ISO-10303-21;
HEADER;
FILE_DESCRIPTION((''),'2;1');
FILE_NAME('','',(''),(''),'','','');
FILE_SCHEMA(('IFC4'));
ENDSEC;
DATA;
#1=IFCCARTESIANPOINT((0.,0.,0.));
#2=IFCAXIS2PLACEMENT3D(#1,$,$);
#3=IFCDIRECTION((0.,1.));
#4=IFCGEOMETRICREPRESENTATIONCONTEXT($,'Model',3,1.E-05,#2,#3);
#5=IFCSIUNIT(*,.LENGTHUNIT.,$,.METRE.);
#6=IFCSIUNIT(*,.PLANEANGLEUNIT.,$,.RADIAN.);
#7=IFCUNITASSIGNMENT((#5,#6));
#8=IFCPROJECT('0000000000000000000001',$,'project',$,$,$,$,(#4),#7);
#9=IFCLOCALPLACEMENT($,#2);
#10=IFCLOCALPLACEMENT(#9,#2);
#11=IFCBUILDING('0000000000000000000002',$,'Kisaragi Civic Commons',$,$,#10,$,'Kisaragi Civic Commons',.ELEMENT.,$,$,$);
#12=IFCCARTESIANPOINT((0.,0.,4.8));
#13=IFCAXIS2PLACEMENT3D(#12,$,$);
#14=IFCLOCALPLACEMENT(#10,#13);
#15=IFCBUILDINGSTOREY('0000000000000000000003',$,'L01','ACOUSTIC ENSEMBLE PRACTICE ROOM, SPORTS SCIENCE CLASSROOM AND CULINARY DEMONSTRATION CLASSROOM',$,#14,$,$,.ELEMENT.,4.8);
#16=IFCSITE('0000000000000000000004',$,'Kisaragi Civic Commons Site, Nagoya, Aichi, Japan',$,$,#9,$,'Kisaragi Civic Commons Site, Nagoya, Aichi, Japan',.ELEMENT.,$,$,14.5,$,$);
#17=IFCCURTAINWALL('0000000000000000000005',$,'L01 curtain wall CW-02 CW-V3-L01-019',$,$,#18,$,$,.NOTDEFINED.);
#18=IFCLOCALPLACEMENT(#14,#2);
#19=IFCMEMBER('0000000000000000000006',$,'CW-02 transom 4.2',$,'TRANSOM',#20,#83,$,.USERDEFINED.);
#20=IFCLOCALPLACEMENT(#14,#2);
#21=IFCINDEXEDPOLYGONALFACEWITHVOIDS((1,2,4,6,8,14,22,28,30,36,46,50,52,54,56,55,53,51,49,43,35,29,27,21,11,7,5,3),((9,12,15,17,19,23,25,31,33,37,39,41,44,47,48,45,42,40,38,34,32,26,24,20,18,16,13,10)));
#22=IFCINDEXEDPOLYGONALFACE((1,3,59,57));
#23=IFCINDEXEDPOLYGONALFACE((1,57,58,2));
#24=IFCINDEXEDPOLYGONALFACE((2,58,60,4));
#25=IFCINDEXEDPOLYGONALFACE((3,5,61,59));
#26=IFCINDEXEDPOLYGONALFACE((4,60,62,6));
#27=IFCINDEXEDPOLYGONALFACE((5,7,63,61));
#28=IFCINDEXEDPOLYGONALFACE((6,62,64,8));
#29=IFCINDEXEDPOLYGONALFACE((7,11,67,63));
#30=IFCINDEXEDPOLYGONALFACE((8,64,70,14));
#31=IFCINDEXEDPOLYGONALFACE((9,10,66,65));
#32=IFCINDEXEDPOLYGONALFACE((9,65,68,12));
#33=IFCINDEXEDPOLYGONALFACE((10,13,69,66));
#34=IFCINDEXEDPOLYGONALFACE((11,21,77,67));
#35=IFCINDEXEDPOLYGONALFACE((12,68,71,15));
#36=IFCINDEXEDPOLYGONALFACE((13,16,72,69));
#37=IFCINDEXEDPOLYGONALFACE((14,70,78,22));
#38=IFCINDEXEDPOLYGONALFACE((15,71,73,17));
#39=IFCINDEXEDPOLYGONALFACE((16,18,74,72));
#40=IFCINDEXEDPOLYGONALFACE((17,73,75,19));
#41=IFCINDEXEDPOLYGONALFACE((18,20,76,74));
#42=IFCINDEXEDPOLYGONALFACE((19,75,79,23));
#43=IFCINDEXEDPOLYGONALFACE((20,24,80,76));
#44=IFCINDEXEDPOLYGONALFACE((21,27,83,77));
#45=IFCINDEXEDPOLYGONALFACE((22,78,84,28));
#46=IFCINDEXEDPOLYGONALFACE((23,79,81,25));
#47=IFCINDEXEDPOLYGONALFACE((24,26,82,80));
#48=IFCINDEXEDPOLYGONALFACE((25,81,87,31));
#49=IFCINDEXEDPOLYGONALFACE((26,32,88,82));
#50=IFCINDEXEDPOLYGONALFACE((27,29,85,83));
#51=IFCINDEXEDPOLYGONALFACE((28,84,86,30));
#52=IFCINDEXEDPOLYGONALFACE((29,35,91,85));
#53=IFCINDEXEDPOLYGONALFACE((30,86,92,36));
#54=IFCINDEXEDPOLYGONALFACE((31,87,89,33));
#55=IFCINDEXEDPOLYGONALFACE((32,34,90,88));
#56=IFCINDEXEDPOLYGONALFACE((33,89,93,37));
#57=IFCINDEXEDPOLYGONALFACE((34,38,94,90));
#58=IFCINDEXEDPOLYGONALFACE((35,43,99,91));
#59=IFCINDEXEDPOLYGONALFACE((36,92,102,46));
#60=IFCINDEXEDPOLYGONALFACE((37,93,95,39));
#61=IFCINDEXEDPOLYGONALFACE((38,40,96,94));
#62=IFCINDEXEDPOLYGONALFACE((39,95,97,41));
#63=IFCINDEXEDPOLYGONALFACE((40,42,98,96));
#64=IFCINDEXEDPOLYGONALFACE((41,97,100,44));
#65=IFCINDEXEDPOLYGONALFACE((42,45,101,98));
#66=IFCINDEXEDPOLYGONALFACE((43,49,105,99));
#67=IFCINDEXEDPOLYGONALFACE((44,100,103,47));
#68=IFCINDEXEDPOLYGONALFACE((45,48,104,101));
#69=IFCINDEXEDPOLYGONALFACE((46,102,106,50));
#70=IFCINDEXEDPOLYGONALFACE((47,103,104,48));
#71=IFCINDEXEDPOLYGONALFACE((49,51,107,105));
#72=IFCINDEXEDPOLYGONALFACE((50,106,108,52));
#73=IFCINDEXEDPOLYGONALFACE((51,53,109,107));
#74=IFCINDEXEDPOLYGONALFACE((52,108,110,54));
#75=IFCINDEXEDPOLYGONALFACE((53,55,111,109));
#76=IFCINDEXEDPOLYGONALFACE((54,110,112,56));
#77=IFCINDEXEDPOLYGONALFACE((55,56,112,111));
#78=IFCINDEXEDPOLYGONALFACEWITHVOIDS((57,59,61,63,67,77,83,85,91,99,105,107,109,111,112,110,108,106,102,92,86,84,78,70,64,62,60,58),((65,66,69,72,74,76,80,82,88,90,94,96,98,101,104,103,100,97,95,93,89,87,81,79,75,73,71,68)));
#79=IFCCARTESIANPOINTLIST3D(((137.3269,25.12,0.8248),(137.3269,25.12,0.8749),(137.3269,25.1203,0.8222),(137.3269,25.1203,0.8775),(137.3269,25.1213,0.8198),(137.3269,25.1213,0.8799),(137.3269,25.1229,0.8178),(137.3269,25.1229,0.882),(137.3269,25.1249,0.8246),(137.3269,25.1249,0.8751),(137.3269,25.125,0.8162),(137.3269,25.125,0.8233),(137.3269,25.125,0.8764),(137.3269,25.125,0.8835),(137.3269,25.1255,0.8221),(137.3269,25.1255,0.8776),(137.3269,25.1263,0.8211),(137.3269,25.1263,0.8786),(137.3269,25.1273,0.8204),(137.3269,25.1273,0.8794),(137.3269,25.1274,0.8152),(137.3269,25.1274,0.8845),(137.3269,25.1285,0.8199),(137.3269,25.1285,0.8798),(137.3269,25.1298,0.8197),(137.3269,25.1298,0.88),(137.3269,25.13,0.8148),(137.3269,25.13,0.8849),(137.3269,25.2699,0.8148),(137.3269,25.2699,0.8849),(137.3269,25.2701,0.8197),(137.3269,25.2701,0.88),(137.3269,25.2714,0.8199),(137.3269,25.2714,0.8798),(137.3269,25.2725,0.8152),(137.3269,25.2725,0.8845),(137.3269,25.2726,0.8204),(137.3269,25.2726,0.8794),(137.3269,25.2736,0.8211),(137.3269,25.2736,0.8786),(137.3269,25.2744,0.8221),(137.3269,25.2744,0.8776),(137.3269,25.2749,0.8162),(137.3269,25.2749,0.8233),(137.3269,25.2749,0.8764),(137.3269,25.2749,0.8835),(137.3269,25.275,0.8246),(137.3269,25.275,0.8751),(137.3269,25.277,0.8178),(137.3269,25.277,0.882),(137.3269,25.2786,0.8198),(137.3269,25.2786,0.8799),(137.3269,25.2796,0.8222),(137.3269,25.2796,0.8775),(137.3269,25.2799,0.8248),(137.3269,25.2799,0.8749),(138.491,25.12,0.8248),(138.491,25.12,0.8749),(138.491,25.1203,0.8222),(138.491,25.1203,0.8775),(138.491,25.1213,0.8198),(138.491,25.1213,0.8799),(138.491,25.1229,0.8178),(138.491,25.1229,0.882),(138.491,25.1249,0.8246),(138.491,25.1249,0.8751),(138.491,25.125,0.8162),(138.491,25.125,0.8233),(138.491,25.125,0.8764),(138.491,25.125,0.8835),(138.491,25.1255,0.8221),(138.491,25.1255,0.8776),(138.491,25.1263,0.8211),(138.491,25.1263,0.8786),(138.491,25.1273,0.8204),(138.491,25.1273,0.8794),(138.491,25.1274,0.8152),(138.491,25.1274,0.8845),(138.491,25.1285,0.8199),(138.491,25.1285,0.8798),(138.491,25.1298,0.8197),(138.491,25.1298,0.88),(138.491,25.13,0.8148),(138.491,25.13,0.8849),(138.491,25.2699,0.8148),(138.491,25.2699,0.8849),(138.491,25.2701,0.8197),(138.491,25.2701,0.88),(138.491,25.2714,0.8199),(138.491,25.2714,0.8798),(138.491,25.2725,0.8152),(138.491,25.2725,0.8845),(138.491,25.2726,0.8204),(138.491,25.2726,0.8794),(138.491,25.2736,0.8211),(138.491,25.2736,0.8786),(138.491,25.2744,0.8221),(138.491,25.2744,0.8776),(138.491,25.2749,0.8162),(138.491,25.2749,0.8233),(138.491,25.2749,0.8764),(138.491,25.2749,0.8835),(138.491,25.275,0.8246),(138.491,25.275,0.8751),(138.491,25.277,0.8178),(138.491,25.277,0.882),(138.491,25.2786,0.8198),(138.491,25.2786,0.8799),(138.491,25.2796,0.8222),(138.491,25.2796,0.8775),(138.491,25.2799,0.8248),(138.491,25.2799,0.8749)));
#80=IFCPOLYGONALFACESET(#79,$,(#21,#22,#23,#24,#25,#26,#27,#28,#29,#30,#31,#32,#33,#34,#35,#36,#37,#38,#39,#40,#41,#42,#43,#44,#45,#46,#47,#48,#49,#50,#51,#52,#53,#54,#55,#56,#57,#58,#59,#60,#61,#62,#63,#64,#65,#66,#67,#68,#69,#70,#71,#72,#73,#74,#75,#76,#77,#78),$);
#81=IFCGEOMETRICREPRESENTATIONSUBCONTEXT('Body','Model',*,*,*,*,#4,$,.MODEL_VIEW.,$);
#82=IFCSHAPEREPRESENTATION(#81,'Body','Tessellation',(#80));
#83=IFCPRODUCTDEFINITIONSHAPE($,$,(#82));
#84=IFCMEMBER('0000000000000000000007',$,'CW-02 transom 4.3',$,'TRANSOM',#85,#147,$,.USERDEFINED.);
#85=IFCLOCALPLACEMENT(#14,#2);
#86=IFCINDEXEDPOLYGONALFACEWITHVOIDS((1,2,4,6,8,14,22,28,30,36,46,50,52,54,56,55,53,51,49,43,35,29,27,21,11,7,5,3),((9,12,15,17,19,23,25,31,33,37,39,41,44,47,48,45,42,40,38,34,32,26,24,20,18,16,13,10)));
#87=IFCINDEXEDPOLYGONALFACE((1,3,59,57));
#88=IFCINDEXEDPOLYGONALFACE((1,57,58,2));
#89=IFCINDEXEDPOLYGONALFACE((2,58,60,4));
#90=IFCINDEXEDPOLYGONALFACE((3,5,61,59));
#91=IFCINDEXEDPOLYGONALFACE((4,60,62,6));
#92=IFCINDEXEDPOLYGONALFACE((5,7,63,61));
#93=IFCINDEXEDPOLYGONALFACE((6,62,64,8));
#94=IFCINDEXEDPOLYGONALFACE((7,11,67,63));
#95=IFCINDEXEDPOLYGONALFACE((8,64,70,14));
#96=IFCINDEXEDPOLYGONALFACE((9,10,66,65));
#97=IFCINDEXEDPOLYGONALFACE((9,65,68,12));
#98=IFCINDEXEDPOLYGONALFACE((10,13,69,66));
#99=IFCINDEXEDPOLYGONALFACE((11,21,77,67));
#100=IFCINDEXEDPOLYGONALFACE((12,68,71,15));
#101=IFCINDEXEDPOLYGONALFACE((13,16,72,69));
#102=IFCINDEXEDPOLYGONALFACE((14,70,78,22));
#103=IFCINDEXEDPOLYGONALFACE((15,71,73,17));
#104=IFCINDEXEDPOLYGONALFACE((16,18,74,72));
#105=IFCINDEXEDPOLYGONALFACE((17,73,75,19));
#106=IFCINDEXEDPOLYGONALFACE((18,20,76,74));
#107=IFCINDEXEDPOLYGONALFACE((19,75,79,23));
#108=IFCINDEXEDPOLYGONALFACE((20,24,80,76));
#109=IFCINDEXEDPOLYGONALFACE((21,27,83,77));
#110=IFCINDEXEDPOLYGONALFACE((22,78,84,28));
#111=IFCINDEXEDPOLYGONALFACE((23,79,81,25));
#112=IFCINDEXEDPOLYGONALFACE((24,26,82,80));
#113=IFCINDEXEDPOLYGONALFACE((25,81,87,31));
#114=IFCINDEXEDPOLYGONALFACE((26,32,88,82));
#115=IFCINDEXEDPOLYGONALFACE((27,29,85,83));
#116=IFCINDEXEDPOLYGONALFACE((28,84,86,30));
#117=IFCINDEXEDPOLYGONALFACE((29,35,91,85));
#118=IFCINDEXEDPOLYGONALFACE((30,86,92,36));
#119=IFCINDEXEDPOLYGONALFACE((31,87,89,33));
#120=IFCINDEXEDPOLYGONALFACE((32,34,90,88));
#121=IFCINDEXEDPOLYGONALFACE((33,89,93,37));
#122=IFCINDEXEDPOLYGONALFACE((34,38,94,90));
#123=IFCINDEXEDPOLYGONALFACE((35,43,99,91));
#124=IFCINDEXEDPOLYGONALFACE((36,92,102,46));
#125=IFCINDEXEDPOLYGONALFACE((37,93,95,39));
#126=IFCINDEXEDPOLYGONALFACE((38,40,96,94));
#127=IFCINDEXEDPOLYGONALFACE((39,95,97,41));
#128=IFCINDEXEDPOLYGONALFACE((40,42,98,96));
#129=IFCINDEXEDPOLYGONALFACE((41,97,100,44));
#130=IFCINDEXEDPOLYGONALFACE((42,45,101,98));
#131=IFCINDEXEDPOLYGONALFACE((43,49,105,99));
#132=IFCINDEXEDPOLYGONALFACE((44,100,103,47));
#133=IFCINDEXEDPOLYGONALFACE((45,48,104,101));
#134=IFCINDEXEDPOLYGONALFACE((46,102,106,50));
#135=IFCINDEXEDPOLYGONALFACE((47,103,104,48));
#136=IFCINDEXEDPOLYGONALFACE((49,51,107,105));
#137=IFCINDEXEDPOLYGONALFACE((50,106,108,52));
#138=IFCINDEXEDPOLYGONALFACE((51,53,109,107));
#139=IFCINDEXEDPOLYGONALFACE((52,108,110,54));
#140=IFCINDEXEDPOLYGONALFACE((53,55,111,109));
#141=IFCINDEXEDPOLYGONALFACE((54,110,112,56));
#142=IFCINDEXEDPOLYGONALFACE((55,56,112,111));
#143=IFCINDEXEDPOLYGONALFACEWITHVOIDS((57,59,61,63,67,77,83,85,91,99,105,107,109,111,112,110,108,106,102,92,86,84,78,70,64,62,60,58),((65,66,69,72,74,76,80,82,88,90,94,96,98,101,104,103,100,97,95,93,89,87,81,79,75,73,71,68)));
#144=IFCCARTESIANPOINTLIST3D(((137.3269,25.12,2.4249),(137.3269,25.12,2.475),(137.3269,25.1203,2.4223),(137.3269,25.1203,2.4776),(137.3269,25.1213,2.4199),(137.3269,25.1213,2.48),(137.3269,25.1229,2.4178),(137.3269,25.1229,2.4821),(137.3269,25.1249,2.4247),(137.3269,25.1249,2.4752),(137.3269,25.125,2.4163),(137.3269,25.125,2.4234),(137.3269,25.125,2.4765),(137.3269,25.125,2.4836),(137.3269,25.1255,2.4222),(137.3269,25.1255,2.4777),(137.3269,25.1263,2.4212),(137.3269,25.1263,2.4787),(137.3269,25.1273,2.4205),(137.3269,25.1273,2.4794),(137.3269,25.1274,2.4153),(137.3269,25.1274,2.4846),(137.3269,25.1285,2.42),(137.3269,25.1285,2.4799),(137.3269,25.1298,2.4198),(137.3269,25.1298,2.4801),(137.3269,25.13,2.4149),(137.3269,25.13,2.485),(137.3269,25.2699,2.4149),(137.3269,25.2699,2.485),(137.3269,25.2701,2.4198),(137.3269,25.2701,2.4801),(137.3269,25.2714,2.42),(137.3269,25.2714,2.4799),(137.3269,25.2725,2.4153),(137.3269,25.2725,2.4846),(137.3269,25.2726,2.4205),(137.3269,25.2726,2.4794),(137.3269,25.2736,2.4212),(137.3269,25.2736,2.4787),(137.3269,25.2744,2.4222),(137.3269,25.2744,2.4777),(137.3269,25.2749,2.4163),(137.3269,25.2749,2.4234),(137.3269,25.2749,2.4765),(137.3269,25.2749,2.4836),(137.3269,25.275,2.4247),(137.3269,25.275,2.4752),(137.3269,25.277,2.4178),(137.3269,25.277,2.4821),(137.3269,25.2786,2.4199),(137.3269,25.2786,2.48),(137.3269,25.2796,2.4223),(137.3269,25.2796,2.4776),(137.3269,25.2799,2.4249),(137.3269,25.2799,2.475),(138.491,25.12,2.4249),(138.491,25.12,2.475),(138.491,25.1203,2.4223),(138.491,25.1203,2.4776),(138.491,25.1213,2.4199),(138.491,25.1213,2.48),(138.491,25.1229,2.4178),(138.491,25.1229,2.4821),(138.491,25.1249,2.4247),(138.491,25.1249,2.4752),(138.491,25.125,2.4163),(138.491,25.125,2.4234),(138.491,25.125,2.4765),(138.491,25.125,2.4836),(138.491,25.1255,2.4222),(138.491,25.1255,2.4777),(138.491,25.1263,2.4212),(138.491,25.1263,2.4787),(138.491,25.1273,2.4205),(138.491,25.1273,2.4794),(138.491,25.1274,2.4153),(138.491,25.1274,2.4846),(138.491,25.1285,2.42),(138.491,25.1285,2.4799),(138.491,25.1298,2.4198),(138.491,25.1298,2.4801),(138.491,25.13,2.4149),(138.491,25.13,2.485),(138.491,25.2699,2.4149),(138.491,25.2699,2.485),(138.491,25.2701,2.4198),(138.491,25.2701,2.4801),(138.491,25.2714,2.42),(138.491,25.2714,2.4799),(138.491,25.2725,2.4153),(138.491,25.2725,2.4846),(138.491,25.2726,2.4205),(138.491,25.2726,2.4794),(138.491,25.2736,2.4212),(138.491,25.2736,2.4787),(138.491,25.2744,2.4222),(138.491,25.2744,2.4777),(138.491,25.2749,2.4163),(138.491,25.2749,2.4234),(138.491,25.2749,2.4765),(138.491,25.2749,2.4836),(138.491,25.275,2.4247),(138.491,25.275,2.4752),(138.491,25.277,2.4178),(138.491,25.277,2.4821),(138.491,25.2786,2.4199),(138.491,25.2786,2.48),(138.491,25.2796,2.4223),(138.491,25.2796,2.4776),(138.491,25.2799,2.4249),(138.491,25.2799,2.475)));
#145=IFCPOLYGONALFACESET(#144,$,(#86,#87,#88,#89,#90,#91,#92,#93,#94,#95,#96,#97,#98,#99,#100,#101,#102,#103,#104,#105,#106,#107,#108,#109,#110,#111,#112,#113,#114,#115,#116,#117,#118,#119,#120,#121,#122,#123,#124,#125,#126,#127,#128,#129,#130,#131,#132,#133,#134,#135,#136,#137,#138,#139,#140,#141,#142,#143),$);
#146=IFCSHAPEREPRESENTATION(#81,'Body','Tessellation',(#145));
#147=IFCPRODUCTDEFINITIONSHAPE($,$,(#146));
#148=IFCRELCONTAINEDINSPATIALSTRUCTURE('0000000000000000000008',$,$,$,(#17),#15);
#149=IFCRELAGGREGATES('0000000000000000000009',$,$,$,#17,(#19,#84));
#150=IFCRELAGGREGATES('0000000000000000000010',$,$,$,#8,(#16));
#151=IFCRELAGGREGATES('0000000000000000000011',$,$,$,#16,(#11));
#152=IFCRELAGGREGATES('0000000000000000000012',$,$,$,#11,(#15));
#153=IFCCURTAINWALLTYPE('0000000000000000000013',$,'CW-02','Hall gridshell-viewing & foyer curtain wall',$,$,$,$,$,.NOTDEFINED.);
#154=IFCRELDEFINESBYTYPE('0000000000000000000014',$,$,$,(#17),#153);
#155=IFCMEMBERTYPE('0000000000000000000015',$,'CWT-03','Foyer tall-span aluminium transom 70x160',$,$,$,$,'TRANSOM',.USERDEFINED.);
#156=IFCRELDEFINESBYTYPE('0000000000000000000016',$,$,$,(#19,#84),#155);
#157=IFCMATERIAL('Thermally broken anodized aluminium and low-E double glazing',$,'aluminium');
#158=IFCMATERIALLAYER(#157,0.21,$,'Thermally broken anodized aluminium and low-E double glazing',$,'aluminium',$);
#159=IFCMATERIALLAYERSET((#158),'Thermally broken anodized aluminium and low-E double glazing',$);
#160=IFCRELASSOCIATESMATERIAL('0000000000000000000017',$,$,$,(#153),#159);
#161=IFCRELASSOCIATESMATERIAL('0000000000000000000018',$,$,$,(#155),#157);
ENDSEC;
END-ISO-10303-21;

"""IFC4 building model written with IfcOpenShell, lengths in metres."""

from ifc_helpers import new_model, si_unit, direction, frame, origin, origin_2d, place, context, subcontext, project, spatial, hollow_rectangle, extrude, material, layer, layer_set, material_profile, profile_set, type_object, element, aggregate, save


model = new_model("IFC4")

# Units and contexts
model_context = context("Model", 3, precision=1e-05, world=origin(), true_north=direction((0.0, 1.0)))
body_context = subcontext(model_context, "Body", "Model", "MODEL_VIEW")
ifc_project = project(units=[si_unit("LENGTHUNIT", "METRE"), si_unit("PLANEANGLEUNIT", "RADIAN")], contexts=[model_context])

# Site, building, storey
site_placement = place(None, origin())
site = spatial("IfcSite", under=ifc_project, at=site_placement, Name="Kisaragi Civic Commons Site, Nagoya, Aichi, Japan", LongName="Kisaragi Civic Commons Site, Nagoya, Aichi, Japan", CompositionType="ELEMENT", RefElevation=14.5)
building_placement = place(site_placement, origin())
building = spatial("IfcBuilding", under=site, at=building_placement, Name="Kisaragi Civic Commons", LongName="Kisaragi Civic Commons", CompositionType="ELEMENT")
storey_placement = place(building_placement, frame((0.0, 0.0, 4.8)))
storey = spatial("IfcBuildingStorey", under=building, at=storey_placement, Name="L01", Description="ACOUSTIC ENSEMBLE PRACTICE ROOM, SPORTS SCIENCE CLASSROOM AND CULINARY DEMONSTRATION CLASSROOM", CompositionType="ELEMENT", Elevation=4.8)

# Curtain wall, members
ifc_material_1 = material(Name="Thermally broken anodized aluminium and low-E double glazing", Category="aluminium")
ifc_layer_1 = layer(ifc_material_1, 0.21, Name="Thermally broken anodized aluminium and low-E double glazing", Category="aluminium")
ifc_layer_set_1 = layer_set([ifc_layer_1], Name="Thermally broken anodized aluminium and low-E double glazing")
curtain_wall_type = type_object("IfcCurtainWallType", Name="CW-02", Description="Hall gridshell-viewing & foyer curtain wall", PredefinedType="NOTDEFINED", material=ifc_layer_set_1)
curtain_wall_placement = place(storey_placement, origin())
curtain_wall = element("IfcCurtainWall", 1, at=curtain_wall_placement, inside=storey, type_object=curtain_wall_type, Name="L01 curtain wall CW-02 CW-V3-L01-019", PredefinedType="NOTDEFINED")
ifc_material_profile_1 = material_profile(ifc_material_1, hollow_rectangle(XDim=0.1599, YDim=0.0701, WallThickness=0.0049, InnerFilletRadius=0.0049, OuterFilletRadius=0.01, at=origin_2d()), Name="CWT-70x160x5", Category="aluminium")
ifc_profile_set_1 = profile_set([ifc_material_profile_1], Name="Thermally broken anodized aluminium and low-E double glazing")
member_type_1 = type_object("IfcMemberType", Name="CWT-03", Description="Foyer tall-span aluminium transom 70x160", ElementType="TRANSOM", PredefinedType="USERDEFINED", material=ifc_profile_set_1)
member_1_placement = place(storey_placement, frame((137.3269, 25.2, 0.8499), z_axis=(1.0, 0.0, 0.0), x_axis=(0.0, 1.0, 0.0)))
member_1 = element("IfcMember", 2, at=member_1_placement, type_object=member_type_1, Name="CW-02 transom 4.2", ObjectType="TRANSOM", PredefinedType="USERDEFINED", context=body_context, shape_type="SweptSolid", body=[
    extrude(hollow_rectangle(XDim=0.1599, YDim=0.0701, WallThickness=0.0049, InnerFilletRadius=0.0049, OuterFilletRadius=0.01, at=origin_2d()), origin(), (0.0, 0.0, 1.0), 1.1641),
])
member_2_placement = place(storey_placement, frame((137.3269, 25.2, 2.45), z_axis=(1.0, 0.0, 0.0), x_axis=(0.0, 1.0, 0.0)))
member_2 = element("IfcMember", 3, at=member_2_placement, type_object=member_type_1, Name="CW-02 transom 4.3", ObjectType="TRANSOM", PredefinedType="USERDEFINED", context=body_context, shape_type="SweptSolid", body=[
    extrude(hollow_rectangle(XDim=0.1599, YDim=0.0701, WallThickness=0.0049, InnerFilletRadius=0.0049, OuterFilletRadius=0.01, at=origin_2d()), origin(), (0.0, 0.0, 1.0), 1.1641),
])

aggregate(curtain_wall, [member_1, member_2])

save(model, "model.ifc")
